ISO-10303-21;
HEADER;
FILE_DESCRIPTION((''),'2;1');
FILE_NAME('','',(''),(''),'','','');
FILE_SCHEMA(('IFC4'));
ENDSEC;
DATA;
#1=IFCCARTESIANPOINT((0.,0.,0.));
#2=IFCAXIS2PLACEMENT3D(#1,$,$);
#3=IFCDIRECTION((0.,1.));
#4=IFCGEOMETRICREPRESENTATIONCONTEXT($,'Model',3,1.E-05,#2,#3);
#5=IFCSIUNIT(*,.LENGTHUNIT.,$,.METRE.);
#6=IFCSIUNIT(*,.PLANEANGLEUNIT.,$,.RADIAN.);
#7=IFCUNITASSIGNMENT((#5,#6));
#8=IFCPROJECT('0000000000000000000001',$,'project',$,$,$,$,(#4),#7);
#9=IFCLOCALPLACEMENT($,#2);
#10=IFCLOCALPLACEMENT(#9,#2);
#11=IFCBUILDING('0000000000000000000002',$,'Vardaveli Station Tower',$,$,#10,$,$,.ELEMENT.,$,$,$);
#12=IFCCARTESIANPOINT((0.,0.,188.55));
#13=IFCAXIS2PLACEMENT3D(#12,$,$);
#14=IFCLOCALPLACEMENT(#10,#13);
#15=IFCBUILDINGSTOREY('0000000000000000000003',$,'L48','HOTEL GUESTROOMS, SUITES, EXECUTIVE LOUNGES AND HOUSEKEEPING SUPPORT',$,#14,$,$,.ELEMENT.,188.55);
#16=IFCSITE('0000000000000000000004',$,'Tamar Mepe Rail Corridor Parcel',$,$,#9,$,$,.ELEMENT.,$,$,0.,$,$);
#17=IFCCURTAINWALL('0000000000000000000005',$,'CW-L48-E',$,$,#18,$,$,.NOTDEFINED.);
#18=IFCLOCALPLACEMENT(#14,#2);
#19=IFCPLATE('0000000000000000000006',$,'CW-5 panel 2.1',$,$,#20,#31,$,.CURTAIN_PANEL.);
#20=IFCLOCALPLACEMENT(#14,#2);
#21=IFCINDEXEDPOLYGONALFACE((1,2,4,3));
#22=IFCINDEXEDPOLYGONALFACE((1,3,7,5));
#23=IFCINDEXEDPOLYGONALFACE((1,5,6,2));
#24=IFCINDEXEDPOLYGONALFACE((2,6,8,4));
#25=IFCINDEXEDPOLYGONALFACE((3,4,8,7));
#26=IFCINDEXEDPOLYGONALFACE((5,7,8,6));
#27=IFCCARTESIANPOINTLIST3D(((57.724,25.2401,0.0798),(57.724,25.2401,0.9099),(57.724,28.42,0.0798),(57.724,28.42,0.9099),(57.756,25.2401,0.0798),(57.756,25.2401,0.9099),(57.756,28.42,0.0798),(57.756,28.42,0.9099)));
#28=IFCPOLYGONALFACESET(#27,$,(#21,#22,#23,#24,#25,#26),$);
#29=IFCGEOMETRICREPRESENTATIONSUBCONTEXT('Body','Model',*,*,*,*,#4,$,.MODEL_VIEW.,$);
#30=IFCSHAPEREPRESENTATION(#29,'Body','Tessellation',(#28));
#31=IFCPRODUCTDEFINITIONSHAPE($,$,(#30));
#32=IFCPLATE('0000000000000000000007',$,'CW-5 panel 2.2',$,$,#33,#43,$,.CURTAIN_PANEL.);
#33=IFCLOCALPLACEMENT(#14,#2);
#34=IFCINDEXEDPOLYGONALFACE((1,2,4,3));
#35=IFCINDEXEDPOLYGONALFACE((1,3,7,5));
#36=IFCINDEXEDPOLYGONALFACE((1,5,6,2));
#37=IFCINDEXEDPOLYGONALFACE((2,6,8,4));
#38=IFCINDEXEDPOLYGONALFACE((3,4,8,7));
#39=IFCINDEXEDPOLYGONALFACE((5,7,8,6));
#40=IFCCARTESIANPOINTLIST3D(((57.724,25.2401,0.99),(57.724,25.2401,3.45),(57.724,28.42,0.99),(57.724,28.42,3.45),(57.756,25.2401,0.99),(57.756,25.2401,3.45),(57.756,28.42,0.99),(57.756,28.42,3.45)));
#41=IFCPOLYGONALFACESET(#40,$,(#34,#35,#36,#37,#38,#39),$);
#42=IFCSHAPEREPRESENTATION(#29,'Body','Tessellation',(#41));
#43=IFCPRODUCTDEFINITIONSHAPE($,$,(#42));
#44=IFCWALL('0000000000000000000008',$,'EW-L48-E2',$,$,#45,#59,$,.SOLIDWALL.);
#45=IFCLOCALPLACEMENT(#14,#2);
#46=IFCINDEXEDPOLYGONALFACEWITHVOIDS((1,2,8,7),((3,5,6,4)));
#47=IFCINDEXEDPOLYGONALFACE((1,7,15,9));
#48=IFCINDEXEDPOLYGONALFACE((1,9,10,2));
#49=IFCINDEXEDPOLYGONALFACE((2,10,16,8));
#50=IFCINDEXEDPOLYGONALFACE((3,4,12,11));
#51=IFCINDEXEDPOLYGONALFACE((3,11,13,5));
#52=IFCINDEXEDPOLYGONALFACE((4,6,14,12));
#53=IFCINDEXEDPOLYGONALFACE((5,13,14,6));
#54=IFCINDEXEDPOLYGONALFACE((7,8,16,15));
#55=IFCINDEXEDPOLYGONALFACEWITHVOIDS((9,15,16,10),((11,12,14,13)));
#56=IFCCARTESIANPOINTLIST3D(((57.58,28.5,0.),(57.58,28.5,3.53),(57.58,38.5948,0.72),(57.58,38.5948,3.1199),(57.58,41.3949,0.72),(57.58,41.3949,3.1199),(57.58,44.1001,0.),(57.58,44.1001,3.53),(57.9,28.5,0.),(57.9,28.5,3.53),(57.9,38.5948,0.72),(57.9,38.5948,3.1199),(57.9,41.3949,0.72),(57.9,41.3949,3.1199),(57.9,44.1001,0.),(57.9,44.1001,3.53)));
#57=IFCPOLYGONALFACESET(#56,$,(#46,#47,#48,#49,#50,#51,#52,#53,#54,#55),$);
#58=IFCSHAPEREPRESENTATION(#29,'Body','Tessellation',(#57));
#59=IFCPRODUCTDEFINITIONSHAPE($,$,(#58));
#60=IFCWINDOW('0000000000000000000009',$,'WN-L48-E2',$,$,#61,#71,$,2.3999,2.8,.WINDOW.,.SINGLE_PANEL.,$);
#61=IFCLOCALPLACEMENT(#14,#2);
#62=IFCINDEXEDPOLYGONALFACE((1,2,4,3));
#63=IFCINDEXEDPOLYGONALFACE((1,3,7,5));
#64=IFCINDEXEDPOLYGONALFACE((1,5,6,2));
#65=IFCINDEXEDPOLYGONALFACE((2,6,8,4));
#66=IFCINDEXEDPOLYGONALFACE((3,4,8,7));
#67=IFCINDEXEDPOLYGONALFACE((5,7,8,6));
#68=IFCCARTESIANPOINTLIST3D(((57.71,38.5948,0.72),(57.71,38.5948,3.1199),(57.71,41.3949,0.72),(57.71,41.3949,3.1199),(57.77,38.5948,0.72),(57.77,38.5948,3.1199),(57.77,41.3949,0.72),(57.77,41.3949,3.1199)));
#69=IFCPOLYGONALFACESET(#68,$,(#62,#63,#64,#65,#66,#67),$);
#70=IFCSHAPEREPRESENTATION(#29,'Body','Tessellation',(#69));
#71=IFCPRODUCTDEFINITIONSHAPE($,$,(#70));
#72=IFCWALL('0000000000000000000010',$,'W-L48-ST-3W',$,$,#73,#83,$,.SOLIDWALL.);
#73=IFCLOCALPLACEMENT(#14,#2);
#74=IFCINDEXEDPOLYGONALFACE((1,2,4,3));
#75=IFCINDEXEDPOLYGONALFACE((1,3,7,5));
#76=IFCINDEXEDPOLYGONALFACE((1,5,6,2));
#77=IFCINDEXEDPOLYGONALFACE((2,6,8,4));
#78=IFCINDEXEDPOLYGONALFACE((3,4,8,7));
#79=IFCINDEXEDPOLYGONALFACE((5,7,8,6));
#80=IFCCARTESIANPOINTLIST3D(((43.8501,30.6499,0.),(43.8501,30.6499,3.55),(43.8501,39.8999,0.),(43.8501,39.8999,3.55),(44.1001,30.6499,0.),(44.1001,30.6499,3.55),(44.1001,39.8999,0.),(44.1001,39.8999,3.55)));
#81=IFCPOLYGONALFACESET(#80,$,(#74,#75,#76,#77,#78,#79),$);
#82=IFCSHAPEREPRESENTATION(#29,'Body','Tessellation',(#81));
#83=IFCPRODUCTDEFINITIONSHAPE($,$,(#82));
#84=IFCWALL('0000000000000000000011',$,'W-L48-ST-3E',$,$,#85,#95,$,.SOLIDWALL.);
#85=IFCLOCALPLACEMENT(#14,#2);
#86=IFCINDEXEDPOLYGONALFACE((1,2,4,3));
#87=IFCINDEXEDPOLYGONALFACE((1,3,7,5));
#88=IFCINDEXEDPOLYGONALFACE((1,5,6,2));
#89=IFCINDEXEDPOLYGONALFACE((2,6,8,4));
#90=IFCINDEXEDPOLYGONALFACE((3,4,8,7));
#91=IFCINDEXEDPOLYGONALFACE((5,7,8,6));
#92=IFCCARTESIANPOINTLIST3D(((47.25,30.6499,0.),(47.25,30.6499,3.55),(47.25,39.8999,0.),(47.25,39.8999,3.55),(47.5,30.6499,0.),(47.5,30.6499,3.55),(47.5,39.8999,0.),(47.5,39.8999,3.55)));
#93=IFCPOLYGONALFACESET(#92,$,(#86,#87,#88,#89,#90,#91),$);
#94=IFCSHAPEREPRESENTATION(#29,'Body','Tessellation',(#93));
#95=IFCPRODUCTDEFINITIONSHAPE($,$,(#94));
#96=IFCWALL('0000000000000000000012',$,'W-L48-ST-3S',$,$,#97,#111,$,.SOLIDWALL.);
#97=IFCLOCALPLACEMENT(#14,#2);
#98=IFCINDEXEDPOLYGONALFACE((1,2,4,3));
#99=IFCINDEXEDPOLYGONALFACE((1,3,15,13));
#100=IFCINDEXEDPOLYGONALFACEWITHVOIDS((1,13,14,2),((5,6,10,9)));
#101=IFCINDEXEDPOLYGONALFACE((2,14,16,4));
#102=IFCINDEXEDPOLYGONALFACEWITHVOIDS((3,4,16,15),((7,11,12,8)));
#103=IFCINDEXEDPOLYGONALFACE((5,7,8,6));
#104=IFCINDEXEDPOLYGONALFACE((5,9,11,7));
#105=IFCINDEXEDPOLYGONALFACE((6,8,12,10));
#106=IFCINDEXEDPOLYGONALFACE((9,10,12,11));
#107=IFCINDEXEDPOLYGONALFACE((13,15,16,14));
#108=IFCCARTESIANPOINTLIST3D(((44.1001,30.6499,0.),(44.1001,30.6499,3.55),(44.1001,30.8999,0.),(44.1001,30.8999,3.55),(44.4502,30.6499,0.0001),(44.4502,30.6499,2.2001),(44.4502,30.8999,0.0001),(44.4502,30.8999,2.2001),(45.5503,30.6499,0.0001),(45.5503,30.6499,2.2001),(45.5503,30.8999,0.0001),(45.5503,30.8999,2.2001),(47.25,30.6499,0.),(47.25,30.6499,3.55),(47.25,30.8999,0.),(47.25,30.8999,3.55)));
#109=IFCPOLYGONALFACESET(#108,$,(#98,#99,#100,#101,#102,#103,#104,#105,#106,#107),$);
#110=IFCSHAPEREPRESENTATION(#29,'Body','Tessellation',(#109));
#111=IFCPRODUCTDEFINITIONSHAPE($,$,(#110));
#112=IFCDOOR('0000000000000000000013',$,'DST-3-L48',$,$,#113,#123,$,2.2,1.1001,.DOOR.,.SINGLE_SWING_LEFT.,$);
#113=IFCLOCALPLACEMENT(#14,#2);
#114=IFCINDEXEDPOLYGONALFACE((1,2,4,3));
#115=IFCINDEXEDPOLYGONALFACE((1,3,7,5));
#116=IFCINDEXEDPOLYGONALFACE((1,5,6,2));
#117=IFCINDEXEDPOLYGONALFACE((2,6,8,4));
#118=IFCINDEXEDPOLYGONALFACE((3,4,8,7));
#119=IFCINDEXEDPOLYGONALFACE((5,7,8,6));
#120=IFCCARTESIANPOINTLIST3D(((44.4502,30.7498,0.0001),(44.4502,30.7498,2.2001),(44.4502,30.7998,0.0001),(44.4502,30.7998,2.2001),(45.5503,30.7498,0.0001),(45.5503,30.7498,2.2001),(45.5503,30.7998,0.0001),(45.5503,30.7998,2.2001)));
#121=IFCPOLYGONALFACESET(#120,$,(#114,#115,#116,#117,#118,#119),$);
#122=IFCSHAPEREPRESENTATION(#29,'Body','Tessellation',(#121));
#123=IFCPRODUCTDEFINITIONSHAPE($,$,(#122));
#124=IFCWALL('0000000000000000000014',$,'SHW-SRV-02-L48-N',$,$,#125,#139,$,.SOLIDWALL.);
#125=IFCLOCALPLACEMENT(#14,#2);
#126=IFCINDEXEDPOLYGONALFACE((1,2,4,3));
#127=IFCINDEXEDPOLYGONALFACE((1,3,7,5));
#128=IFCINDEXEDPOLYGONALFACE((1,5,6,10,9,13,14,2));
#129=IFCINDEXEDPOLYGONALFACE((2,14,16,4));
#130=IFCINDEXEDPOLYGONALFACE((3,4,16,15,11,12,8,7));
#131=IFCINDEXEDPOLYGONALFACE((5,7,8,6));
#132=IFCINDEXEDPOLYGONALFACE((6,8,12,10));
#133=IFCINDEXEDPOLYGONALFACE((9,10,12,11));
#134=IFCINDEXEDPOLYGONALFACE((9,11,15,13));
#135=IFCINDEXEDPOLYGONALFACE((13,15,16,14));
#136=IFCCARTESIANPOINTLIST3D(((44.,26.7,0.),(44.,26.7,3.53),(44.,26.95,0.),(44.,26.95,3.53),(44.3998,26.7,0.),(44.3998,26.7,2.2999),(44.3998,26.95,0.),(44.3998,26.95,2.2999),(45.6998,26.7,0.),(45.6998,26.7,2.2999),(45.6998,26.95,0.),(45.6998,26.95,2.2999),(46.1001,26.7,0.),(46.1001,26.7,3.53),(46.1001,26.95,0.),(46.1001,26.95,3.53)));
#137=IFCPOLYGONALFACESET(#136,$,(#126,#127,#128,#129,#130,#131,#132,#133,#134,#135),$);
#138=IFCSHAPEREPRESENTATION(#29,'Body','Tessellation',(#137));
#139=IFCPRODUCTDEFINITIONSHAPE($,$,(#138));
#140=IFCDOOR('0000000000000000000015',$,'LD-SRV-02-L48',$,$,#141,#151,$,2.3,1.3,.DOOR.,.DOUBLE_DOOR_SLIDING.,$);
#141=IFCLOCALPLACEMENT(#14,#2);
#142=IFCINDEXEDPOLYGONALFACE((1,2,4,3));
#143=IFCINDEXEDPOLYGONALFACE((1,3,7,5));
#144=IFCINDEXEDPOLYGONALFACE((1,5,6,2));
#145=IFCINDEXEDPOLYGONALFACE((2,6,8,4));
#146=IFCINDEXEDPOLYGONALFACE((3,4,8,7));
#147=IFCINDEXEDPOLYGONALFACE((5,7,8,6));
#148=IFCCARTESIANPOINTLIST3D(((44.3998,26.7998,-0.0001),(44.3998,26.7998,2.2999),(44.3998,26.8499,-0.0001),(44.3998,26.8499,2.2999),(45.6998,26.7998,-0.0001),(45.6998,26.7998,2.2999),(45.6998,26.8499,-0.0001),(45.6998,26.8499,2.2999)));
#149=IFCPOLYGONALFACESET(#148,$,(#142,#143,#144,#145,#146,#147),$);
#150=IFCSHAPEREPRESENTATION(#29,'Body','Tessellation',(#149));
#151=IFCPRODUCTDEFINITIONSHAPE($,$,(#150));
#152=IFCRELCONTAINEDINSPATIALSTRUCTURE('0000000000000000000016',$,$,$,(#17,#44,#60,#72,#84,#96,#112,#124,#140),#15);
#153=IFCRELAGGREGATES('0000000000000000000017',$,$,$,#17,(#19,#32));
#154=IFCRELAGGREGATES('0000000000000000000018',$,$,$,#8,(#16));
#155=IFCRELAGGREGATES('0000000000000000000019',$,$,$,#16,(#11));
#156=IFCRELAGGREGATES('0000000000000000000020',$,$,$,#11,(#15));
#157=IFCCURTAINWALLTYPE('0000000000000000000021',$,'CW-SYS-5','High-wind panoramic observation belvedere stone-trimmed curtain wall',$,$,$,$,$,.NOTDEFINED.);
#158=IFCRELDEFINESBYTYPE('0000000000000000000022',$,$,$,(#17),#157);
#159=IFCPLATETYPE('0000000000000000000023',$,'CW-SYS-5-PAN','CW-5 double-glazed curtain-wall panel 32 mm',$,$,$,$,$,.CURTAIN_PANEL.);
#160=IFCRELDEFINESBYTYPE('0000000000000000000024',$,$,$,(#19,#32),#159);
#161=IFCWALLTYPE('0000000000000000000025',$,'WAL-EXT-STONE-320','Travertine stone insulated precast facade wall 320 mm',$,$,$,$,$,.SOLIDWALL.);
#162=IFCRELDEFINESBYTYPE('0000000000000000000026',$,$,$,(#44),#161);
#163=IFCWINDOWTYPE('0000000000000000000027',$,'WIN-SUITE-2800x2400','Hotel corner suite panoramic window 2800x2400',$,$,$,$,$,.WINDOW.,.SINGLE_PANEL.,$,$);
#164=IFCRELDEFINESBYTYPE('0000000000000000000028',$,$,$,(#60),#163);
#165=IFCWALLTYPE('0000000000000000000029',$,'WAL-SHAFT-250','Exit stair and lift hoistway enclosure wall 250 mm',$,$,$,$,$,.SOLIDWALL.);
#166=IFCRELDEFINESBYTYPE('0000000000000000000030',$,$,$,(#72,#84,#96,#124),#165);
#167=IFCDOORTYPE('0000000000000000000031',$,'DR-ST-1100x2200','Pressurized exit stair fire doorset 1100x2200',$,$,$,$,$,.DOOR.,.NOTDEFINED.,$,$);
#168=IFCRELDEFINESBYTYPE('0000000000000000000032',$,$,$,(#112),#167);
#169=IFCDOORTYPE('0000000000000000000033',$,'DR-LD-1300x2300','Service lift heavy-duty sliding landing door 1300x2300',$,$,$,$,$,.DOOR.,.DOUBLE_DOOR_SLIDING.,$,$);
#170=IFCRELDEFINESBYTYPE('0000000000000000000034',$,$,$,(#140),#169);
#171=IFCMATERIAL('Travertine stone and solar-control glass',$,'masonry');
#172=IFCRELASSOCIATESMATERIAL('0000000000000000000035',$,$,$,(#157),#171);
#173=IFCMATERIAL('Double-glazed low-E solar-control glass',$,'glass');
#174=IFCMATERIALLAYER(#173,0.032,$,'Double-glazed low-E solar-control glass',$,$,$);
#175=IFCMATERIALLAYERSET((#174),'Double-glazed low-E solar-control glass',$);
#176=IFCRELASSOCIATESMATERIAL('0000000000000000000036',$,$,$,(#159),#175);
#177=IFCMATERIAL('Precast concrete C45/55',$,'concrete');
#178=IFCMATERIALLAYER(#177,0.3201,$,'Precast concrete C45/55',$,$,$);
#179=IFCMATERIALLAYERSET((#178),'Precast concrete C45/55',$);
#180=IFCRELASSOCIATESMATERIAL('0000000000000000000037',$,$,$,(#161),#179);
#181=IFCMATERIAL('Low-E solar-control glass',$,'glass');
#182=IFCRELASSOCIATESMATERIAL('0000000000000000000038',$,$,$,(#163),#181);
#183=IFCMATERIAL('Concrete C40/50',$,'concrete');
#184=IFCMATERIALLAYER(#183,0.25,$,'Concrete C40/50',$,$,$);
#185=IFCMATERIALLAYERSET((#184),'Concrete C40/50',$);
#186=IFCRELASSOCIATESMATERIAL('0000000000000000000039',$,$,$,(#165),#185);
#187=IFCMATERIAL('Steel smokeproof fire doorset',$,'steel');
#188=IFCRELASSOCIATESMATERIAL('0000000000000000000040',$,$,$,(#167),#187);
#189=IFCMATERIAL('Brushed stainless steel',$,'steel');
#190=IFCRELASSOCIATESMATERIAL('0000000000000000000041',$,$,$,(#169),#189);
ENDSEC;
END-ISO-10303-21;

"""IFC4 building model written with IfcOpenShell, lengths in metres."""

from ifc_helpers import new_model, si_unit, direction, frame, frame_2d, origin, origin_2d, place, context, subcontext, project, spatial, rectangle, extrude, source, transform, mapped, material, layer, layer_set, type_object, element, fill, aggregate, save


model = new_model("IFC4")

# Units and contexts
model_context = context("Model", 3, precision=1e-05, world=origin(), true_north=direction((0.0, 1.0)))
body_context = subcontext(model_context, "Body", "Model", "MODEL_VIEW")
ifc_project = project(units=[si_unit("LENGTHUNIT", "METRE"), si_unit("PLANEANGLEUNIT", "RADIAN")], contexts=[model_context])

# Site, building, storey
site_placement = place(None, origin())
site = spatial("IfcSite", under=ifc_project, at=site_placement, Name="Tamar Mepe Rail Corridor Parcel", CompositionType="ELEMENT", RefElevation=0.0)
building_placement = place(site_placement, origin())
building = spatial("IfcBuilding", under=site, at=building_placement, Name="Vardaveli Station Tower", CompositionType="ELEMENT")
storey_placement = place(building_placement, frame((0.0, 0.0, 188.55)))
storey = spatial("IfcBuildingStorey", under=building, at=storey_placement, Name="L48", Description="HOTEL GUESTROOMS, SUITES, EXECUTIVE LOUNGES AND HOUSEKEEPING SUPPORT", CompositionType="ELEMENT", Elevation=188.55)

# Shared definitions
ifc_material_1 = material(Name="Precast concrete C45/55", Category="concrete")

# Curtain wall, plates
ifc_material_2 = material(Name="Travertine stone and solar-control glass", Category="masonry")
curtain_wall_type = type_object("IfcCurtainWallType", Name="CW-SYS-5", Description="High-wind panoramic observation belvedere stone-trimmed curtain wall", PredefinedType="NOTDEFINED", material=ifc_material_2)
curtain_wall_placement = place(storey_placement, origin())
curtain_wall = element("IfcCurtainWall", 1, at=curtain_wall_placement, inside=storey, type_object=curtain_wall_type, Name="CW-L48-E", PredefinedType="NOTDEFINED")
ifc_material_3 = material(Name="Double-glazed low-E solar-control glass", Category="glass")
ifc_layer_1 = layer(ifc_material_3, 0.032, Name="Double-glazed low-E solar-control glass")
ifc_layer_set_1 = layer_set([ifc_layer_1], Name="Double-glazed low-E solar-control glass")
plate_type = type_object("IfcPlateType", Name="CW-SYS-5-PAN", Description="CW-5 double-glazed curtain-wall panel 32 mm", PredefinedType="CURTAIN_PANEL", material=ifc_layer_set_1)
shared_shape_1 = source(origin(), body_context, "Body", "SweptSolid", [
    extrude(rectangle(XDim=3.1799, YDim=0.032, at=origin_2d()), origin(), (0.0, 0.0, 1.0), 0.8301),
])
plate_1_placement = place(storey_placement, frame((57.74, 26.8301, 0.0798), z_axis=(0.0, 0.0, 1.0), x_axis=(0.0, 1.0, 0.0)))
plate_1 = element("IfcPlate", 2, at=plate_1_placement, type_object=plate_type, Name="CW-5 panel 2.1", PredefinedType="CURTAIN_PANEL", context=body_context, shape_type="MappedRepresentation", body=[
    mapped(shared_shape_1, transform((0.0, 0.0, 0.0), scale=1.0)),
])
shared_shape_2 = source(origin(), body_context, "Body", "SweptSolid", [
    extrude(rectangle(XDim=3.1799, YDim=0.032, at=origin_2d()), origin(), (0.0, 0.0, 1.0), 2.46),
])
plate_2_placement = place(storey_placement, frame((57.74, 26.8301, 0.99), z_axis=(0.0, 0.0, 1.0), x_axis=(0.0, 1.0, 0.0)))
plate_2 = element("IfcPlate", 3, at=plate_2_placement, type_object=plate_type, Name="CW-5 panel 2.2", PredefinedType="CURTAIN_PANEL", context=body_context, shape_type="MappedRepresentation", body=[
    mapped(shared_shape_2, transform((0.0, 0.0, 0.0), scale=1.0)),
])
aggregate(curtain_wall, [plate_1, plate_2])

# Wall, opening, window
ifc_layer_2 = layer(ifc_material_1, 0.3201, Name="Precast concrete C45/55")
ifc_layer_set_2 = layer_set([ifc_layer_2], Name="Precast concrete C45/55")
wall_type_1 = type_object("IfcWallType", Name="WAL-EXT-STONE-320", Description="Travertine stone insulated precast facade wall 320 mm", PredefinedType="SOLIDWALL", material=ifc_layer_set_2)
shared_shape_3 = source(origin(), body_context, "Body", "SweptSolid", [
    extrude(rectangle(XDim=15.6001, YDim=0.3201, at=frame_2d((7.8, 0.0))), origin(), (0.0, 0.0, 1.0), 3.53),
])
wall_1_placement = place(storey_placement, frame((57.74, 28.5, 0.0), z_axis=(0.0, 0.0, 1.0), x_axis=(0.0, 1.0, 0.0)))
wall_1 = element("IfcWall", 4, at=wall_1_placement, inside=storey, type_object=wall_type_1, Name="EW-L48-E2", PredefinedType="SOLIDWALL", context=body_context, shape_type="MappedRepresentation", body=[
    mapped(shared_shape_3, transform((0.0, 0.0, 0.0), scale=1.0)),
])
shared_shape_4 = source(origin(), body_context, "Body", "SweptSolid", [
    extrude(rectangle(XDim=2.8, YDim=2.3999, at=frame_2d((1.3999, 1.2))), frame((0.0, 0.1699, 0.0), z_axis=(0.0, -1.0, 0.0), x_axis=(1.0, 0.0, 0.0)), (0.0, 0.0, 1.0), 0.3401),
])
opening_1_placement = place(wall_1_placement, frame((10.095, 0.0, 0.72)))
opening_1 = element("IfcOpeningElement", 5, at=opening_1_placement, cuts=wall_1, PredefinedType="OPENING", context=body_context, shape_type="MappedRepresentation", body=[
    mapped(shared_shape_4, transform((0.0, 0.0, 0.0), scale=1.0)),
])
ifc_material_4 = material(Name="Low-E solar-control glass", Category="glass")
window_type = type_object("IfcWindowType", Name="WIN-SUITE-2800x2400", Description="Hotel corner suite panoramic window 2800x2400", PartitioningType="SINGLE_PANEL", PredefinedType="WINDOW", material=ifc_material_4)
shared_shape_5 = source(origin(), body_context, "Body", "SweptSolid", [
    extrude(rectangle(XDim=2.8, YDim=2.3999, at=frame_2d((1.3999, 1.2))), frame((0.0, 0.03, 0.0), z_axis=(0.0, -1.0, 0.0), x_axis=(1.0, 0.0, 0.0)), (0.0, 0.0, 1.0), 0.0601),
])
window_placement = place(opening_1_placement, origin())
window = element("IfcWindow", 6, at=window_placement, inside=storey, type_object=window_type, Name="WN-L48-E2", OverallHeight=2.3999, OverallWidth=2.8, PartitioningType="SINGLE_PANEL", PredefinedType="WINDOW", context=body_context, shape_type="MappedRepresentation", body=[
    mapped(shared_shape_5, transform((0.0, 0.0, 0.0), scale=1.0)),
])
fill(opening_1, window)

# Walls
ifc_material_5 = material(Name="Concrete C40/50", Category="concrete")
ifc_layer_3 = layer(ifc_material_5, 0.25, Name="Concrete C40/50")
ifc_layer_set_3 = layer_set([ifc_layer_3], Name="Concrete C40/50")
wall_type_2 = type_object("IfcWallType", Name="WAL-SHAFT-250", Description="Exit stair and lift hoistway enclosure wall 250 mm", PredefinedType="SOLIDWALL", material=ifc_layer_set_3)
shared_shape_6 = source(origin(), body_context, "Body", "SweptSolid", [
    extrude(rectangle(XDim=9.25, YDim=0.25, at=frame_2d((4.625, 0.0))), origin(), (0.0, 0.0, 1.0), 3.55),
])
for number, where, z_axis, x_axis, name in (
    (7, (43.9751, 30.6499, 0.0), (0.0, 0.0, 1.0), (0.0, 1.0, 0.0), "W-L48-ST-3W"),
    (8, (47.375, 30.6499, 0.0), (0.0, 0.0, 1.0), (0.0, 1.0, 0.0), "W-L48-ST-3E"),
):
    element("IfcWall", number, at=place(storey_placement, frame(where, z_axis=z_axis, x_axis=x_axis)), inside=storey, type_object=wall_type_2, Name=name, PredefinedType="SOLIDWALL", context=body_context, shape_type="MappedRepresentation", body=[
        mapped(shared_shape_6, transform((0.0, 0.0, 0.0), scale=1.0)),
    ])

# Walls, openings, doors
shared_shape_7 = source(origin(), body_context, "Body", "SweptSolid", [
    extrude(rectangle(XDim=3.1499, YDim=0.25, at=frame_2d((1.575, 0.0))), origin(), (0.0, 0.0, 1.0), 3.55),
])
wall_2_placement = place(storey_placement, frame((44.1001, 30.7749, 0.0), z_axis=(0.0, 0.0, 1.0), x_axis=(1.0, 0.0, 0.0)))
wall_2 = element("IfcWall", 9, at=wall_2_placement, inside=storey, type_object=wall_type_2, Name="W-L48-ST-3S", PredefinedType="SOLIDWALL", context=body_context, shape_type="MappedRepresentation", body=[
    mapped(shared_shape_7, transform((0.0, 0.0, 0.0), scale=1.0)),
])
shared_shape_8 = source(origin(), body_context, "Body", "SweptSolid", [
    extrude(rectangle(XDim=1.1001, YDim=2.2, at=frame_2d((0.55, 1.1001))), frame((0.0, 0.135, 0.0), z_axis=(0.0, -1.0, 0.0), x_axis=(1.0, 0.0, 0.0)), (0.0, 0.0, 1.0), 0.27),
])
opening_2_placement = place(wall_2_placement, frame((0.3501, 0.0, 0.0)))
opening_2 = element("IfcOpeningElement", 10, at=opening_2_placement, cuts=wall_2, PredefinedType="OPENING", context=body_context, shape_type="MappedRepresentation", body=[
    mapped(shared_shape_8, transform((0.0, 0.0, 0.0), scale=1.0)),
])
ifc_material_6 = material(Name="Steel smokeproof fire doorset", Category="steel")
door_type_1 = type_object("IfcDoorType", Name="DR-ST-1100x2200", Description="Pressurized exit stair fire doorset 1100x2200", OperationType="NOTDEFINED", PredefinedType="DOOR", material=ifc_material_6)
shared_shape_9 = source(origin(), body_context, "Body", "SweptSolid", [
    extrude(rectangle(XDim=1.1001, YDim=2.2, at=frame_2d((0.55, 1.1001))), frame((0.0, 0.0249, 0.0), z_axis=(0.0, -1.0, 0.0), x_axis=(1.0, 0.0, 0.0)), (0.0, 0.0, 1.0), 0.05),
])
door_1_placement = place(opening_2_placement, origin())
door_1 = element("IfcDoor", 11, at=door_1_placement, inside=storey, type_object=door_type_1, Name="DST-3-L48", OperationType="SINGLE_SWING_LEFT", OverallHeight=2.2, OverallWidth=1.1001, PredefinedType="DOOR", context=body_context, shape_type="MappedRepresentation", body=[
    mapped(shared_shape_9, transform((0.0, 0.0, 0.0), scale=1.0)),
])
fill(opening_2, door_1)
shared_shape_10 = source(origin(), body_context, "Body", "SweptSolid", [
    extrude(rectangle(XDim=2.1001, YDim=0.25, at=frame_2d((1.05, 0.0))), origin(), (0.0, 0.0, 1.0), 3.53),
])
wall_3_placement = place(storey_placement, frame((44.0, 26.825, 0.0), z_axis=(0.0, 0.0, 1.0), x_axis=(1.0, 0.0, 0.0)))
wall_3 = element("IfcWall", 12, at=wall_3_placement, inside=storey, type_object=wall_type_2, Name="SHW-SRV-02-L48-N", PredefinedType="SOLIDWALL", context=body_context, shape_type="MappedRepresentation", body=[
    mapped(shared_shape_10, transform((0.0, 0.0, 0.0), scale=1.0)),
])
shared_shape_11 = source(origin(), body_context, "Body", "SweptSolid", [
    extrude(rectangle(XDim=1.3, YDim=2.3, at=frame_2d((0.6499, 1.1499))), frame((0.0, 0.135, 0.0), z_axis=(0.0, -1.0, 0.0), x_axis=(1.0, 0.0, 0.0)), (0.0, 0.0, 1.0), 0.27),
])
opening_3_placement = place(wall_3_placement, frame((0.3999, 0.0, 0.0)))
opening_3 = element("IfcOpeningElement", 13, at=opening_3_placement, cuts=wall_3, PredefinedType="OPENING", context=body_context, shape_type="MappedRepresentation", body=[
    mapped(shared_shape_11, transform((0.0, 0.0, 0.0), scale=1.0)),
])
ifc_material_7 = material(Name="Brushed stainless steel", Category="steel")
door_type_2 = type_object("IfcDoorType", Name="DR-LD-1300x2300", Description="Service lift heavy-duty sliding landing door 1300x2300", OperationType="DOUBLE_DOOR_SLIDING", PredefinedType="DOOR", material=ifc_material_7)
shared_shape_12 = source(origin(), body_context, "Body", "SweptSolid", [
    extrude(rectangle(XDim=1.3, YDim=2.3, at=frame_2d((0.6499, 1.1499))), frame((0.0, 0.0249, 0.0), z_axis=(0.0, -1.0, 0.0), x_axis=(1.0, 0.0, 0.0)), (0.0, 0.0, 1.0), 0.05),
])
door_2_placement = place(opening_3_placement, origin())
door_2 = element("IfcDoor", 14, at=door_2_placement, inside=storey, type_object=door_type_2, Name="LD-SRV-02-L48", OperationType="DOUBLE_DOOR_SLIDING", OverallHeight=2.3, OverallWidth=1.3, PredefinedType="DOOR", context=body_context, shape_type="MappedRepresentation", body=[
    mapped(shared_shape_12, transform((0.0, 0.0, 0.0), scale=1.0)),
])
fill(opening_3, door_2)

save(model, "model.ifc")
